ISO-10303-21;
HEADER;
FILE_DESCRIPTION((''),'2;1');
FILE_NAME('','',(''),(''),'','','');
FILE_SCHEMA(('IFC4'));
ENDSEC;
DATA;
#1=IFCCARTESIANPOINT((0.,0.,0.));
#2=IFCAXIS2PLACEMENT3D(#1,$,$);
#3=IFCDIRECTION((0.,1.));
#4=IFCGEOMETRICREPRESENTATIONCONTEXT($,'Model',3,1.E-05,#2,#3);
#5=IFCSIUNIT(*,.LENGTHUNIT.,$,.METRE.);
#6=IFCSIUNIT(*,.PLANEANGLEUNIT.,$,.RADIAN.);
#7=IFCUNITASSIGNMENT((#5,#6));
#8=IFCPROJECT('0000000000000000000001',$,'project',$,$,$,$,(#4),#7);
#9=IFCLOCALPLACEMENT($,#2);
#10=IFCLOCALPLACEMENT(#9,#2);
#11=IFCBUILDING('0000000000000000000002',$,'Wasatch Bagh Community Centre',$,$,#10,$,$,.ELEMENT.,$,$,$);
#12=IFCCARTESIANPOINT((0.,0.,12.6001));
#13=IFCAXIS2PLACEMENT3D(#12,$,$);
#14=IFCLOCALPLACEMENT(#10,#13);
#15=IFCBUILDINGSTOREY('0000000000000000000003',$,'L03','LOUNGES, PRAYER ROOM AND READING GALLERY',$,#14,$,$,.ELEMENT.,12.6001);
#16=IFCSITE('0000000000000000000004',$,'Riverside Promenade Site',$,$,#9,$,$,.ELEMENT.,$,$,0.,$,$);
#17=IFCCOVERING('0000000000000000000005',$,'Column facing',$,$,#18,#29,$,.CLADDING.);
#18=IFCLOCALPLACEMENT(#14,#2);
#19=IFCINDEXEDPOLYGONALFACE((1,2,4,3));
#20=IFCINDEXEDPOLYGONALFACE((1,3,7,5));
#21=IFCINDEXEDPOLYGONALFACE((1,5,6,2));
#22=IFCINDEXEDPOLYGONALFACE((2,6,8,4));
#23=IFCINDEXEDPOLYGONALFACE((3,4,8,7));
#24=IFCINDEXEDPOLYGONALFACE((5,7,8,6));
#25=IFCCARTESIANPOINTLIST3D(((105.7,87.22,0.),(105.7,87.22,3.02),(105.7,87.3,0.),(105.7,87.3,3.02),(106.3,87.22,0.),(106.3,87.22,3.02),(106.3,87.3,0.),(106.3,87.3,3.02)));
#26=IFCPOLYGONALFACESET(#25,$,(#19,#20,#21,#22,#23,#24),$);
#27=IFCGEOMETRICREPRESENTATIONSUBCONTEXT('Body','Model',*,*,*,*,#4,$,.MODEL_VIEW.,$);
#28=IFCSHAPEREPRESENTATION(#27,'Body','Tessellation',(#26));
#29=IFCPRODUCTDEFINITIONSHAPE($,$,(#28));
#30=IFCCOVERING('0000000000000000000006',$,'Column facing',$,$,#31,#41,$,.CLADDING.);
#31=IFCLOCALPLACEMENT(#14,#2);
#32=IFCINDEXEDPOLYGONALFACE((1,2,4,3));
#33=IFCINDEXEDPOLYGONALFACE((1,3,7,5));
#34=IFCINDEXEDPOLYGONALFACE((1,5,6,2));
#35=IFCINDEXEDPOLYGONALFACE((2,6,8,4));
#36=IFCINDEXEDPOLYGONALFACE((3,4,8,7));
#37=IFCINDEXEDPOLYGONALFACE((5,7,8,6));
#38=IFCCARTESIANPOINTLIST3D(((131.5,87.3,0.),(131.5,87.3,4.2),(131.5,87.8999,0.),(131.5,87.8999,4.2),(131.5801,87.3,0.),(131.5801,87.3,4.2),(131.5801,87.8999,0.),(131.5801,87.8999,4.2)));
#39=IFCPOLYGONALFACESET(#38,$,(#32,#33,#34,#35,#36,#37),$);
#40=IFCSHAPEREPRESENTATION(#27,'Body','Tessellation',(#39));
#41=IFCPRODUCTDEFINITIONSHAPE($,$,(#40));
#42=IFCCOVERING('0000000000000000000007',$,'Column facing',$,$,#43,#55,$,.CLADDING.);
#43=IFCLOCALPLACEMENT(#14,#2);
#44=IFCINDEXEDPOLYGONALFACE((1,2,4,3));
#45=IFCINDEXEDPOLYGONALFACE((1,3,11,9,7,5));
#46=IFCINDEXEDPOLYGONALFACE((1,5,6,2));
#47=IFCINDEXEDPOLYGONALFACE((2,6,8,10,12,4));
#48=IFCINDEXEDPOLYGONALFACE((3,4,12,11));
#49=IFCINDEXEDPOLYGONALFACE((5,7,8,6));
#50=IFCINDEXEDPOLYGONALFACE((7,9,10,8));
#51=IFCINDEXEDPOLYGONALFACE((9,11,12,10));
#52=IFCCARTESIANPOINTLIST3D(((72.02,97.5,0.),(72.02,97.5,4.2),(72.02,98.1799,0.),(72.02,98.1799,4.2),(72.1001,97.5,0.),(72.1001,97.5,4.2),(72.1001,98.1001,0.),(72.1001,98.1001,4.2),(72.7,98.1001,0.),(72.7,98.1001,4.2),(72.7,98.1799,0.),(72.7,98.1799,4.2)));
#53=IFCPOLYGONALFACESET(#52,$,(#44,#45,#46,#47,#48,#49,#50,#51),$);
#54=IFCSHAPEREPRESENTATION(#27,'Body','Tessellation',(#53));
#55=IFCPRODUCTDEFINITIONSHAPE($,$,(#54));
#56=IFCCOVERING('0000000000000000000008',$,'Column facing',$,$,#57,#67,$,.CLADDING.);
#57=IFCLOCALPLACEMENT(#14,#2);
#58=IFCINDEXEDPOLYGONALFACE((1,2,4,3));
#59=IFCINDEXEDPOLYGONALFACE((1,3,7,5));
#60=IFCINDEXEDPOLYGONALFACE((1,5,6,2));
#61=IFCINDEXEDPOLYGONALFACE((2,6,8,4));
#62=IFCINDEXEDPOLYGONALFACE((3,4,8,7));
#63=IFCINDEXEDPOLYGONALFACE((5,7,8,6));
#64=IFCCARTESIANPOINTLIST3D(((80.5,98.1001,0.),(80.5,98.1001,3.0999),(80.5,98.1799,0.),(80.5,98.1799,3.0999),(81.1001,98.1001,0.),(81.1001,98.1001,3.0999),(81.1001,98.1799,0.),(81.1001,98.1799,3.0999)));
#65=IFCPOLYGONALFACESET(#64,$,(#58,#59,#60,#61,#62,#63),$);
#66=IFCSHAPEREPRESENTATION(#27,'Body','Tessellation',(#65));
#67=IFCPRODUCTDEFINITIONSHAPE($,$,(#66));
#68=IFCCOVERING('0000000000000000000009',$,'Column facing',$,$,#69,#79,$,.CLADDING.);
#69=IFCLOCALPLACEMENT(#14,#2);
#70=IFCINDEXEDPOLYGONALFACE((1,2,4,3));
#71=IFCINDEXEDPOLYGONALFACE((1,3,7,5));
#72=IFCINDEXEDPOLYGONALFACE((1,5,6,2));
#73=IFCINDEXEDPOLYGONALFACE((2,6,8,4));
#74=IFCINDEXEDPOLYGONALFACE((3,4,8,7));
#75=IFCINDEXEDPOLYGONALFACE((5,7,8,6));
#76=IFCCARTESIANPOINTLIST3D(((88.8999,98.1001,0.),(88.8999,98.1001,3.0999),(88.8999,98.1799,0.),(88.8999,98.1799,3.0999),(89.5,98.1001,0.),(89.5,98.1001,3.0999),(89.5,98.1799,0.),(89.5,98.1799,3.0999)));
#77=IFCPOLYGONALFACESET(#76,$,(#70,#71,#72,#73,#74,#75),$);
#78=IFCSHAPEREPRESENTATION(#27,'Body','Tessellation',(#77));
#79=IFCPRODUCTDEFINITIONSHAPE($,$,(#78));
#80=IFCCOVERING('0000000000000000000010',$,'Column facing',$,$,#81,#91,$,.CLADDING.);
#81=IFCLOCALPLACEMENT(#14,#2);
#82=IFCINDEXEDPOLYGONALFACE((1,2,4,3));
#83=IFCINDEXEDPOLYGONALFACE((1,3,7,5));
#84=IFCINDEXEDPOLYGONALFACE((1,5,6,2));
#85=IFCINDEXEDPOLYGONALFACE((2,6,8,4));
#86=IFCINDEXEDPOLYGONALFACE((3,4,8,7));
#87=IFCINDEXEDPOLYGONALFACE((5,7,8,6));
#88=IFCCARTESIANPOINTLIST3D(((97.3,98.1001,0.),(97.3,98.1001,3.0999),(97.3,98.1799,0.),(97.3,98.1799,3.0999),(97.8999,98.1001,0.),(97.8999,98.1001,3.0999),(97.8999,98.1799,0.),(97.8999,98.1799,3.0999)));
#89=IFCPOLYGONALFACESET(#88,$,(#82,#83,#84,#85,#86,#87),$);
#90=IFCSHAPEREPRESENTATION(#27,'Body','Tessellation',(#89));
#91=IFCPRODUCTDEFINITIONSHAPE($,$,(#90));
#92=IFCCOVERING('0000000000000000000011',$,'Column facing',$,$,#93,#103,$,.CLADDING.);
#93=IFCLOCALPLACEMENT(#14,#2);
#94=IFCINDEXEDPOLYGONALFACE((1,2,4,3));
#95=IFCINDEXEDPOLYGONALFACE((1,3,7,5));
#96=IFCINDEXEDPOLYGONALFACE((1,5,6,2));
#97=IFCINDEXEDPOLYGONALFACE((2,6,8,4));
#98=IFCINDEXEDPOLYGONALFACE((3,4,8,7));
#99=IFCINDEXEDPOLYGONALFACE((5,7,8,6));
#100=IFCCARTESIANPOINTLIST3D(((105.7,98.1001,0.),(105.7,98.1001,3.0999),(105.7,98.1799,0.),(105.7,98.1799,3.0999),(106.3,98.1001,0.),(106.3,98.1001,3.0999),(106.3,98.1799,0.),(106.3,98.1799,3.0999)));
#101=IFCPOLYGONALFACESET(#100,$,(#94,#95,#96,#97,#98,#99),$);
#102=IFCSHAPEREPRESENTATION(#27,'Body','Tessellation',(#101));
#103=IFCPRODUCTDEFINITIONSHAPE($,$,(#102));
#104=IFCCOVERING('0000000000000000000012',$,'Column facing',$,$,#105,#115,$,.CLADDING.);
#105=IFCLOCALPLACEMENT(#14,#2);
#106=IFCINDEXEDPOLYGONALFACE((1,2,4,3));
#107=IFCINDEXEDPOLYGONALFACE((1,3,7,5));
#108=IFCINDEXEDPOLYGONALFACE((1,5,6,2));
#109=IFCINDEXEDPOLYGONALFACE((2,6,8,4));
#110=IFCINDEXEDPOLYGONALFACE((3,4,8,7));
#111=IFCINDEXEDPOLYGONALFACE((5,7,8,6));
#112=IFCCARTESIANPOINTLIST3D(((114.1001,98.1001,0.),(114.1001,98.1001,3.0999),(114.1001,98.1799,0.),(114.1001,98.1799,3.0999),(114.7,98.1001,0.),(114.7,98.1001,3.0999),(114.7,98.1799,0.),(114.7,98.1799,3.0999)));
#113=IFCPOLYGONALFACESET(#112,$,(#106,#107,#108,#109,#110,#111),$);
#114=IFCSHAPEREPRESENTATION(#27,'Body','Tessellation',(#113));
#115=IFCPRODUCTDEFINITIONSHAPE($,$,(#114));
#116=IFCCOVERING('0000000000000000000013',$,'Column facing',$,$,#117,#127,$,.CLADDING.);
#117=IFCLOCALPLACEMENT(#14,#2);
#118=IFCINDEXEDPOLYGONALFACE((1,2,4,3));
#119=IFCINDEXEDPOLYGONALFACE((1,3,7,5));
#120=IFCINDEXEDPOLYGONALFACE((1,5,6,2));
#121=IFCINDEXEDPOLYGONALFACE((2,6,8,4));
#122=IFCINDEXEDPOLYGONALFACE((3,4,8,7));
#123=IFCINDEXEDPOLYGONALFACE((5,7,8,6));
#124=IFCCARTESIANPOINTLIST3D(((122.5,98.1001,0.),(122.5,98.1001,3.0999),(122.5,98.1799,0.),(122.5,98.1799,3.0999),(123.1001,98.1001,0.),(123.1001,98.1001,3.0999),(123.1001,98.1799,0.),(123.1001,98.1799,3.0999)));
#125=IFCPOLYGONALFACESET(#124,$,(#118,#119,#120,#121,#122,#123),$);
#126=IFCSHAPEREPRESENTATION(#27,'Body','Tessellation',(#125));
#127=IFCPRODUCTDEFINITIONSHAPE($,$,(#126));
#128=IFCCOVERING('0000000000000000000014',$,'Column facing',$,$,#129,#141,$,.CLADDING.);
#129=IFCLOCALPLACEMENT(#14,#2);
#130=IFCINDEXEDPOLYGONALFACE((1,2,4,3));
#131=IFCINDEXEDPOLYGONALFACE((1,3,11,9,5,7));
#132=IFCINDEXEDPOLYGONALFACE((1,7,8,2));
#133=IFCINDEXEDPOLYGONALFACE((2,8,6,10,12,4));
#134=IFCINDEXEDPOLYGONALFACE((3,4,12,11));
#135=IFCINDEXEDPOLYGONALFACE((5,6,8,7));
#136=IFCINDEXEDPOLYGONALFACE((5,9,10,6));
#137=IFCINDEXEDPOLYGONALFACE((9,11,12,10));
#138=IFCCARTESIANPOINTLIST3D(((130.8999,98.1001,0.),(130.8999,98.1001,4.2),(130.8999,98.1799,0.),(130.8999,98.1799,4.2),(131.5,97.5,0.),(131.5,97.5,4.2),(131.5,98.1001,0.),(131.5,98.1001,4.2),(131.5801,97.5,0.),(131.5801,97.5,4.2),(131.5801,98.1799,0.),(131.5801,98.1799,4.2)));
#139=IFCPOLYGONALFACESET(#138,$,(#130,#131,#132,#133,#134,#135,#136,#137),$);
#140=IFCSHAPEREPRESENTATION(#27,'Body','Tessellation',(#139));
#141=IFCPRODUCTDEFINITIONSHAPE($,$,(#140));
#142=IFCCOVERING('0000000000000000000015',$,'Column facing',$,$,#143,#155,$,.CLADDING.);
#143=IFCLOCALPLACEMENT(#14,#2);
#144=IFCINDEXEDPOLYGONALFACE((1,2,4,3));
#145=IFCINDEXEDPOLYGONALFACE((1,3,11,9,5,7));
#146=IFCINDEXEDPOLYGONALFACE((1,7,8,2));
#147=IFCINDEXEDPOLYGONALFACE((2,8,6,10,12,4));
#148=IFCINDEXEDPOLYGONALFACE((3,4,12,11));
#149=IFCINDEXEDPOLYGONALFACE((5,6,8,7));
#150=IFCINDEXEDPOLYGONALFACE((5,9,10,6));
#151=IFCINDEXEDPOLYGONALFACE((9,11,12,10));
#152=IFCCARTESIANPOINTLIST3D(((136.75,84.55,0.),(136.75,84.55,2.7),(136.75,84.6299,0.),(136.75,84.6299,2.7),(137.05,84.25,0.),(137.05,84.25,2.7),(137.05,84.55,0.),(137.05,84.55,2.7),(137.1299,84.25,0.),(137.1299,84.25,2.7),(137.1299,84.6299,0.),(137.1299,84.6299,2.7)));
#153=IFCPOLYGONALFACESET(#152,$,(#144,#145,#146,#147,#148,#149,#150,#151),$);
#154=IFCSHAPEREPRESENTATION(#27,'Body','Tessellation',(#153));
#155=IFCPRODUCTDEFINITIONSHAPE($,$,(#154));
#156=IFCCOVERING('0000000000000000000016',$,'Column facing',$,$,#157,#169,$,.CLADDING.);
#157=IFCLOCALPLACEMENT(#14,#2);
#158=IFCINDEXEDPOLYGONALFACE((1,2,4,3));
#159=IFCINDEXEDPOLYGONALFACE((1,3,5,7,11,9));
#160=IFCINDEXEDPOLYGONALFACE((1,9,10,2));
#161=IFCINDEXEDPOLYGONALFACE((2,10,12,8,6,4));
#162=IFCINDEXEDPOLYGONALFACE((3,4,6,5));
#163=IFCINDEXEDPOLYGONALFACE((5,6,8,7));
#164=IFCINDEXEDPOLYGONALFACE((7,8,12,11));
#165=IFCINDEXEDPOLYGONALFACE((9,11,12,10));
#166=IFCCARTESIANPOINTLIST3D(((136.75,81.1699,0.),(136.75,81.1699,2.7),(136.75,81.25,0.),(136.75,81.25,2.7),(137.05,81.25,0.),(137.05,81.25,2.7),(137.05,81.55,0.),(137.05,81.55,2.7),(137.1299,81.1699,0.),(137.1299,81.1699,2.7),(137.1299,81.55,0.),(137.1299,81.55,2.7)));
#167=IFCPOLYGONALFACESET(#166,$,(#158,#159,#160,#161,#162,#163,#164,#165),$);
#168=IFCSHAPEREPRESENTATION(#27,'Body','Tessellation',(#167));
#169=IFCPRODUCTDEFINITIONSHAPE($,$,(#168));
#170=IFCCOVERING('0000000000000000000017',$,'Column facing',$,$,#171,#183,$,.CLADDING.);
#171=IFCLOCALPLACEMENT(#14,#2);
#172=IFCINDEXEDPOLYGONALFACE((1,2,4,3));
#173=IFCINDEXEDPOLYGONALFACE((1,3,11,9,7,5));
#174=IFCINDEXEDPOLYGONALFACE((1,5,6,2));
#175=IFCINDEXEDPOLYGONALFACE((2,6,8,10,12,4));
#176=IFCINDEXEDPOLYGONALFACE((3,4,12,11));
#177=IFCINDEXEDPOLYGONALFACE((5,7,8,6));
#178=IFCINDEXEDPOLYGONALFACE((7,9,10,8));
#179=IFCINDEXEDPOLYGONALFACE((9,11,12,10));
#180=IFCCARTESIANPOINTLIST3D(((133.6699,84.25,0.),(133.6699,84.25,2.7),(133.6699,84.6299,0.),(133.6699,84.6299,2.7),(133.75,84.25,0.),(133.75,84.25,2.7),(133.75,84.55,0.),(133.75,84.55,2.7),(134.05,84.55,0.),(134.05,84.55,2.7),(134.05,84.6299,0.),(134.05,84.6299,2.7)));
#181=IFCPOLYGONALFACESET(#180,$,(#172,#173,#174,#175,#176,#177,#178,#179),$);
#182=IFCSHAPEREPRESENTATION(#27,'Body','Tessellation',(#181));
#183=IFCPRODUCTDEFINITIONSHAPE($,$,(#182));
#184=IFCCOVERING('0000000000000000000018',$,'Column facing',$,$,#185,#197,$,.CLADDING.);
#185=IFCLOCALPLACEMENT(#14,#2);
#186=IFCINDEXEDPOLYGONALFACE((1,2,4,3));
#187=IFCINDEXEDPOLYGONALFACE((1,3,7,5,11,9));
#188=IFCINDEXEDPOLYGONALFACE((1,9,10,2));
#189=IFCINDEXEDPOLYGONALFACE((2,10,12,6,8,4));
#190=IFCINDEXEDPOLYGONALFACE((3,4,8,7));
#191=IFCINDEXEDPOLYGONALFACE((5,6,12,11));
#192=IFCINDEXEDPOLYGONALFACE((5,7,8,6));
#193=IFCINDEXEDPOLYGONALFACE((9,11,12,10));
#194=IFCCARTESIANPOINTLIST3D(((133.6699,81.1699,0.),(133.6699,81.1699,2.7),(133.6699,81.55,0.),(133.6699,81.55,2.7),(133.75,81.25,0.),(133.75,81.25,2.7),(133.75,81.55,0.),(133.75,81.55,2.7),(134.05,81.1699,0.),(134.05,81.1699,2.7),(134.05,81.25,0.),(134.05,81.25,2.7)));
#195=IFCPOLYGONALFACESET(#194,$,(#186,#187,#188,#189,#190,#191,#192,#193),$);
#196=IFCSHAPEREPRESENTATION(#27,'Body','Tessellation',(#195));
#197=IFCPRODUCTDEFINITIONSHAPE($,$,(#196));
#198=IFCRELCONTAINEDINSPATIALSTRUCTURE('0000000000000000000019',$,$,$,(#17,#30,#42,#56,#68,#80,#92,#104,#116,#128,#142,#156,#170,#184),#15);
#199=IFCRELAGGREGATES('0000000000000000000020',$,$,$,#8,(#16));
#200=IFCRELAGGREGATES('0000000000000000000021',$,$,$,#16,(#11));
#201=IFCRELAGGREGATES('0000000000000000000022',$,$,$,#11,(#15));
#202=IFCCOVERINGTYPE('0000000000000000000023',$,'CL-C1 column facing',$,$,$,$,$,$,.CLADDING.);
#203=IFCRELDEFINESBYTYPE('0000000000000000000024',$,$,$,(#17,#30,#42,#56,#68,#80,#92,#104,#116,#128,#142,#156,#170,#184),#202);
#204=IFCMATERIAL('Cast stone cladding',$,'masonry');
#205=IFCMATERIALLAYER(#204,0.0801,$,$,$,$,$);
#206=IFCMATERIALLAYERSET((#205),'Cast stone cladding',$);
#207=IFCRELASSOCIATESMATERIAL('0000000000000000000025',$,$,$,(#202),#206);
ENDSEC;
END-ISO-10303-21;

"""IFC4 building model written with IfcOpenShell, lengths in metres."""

from ifc_helpers import new_model, si_unit, direction, frame, origin, place, context, subcontext, project, spatial, polyline, outline, extrude, material, layer, layer_set, type_object, element, save


model = new_model("IFC4")

# Units and contexts
model_context = context("Model", 3, precision=1e-05, world=origin(), true_north=direction((0.0, 1.0)))
body_context = subcontext(model_context, "Body", "Model", "MODEL_VIEW")
ifc_project = project(units=[si_unit("LENGTHUNIT", "METRE"), si_unit("PLANEANGLEUNIT", "RADIAN")], contexts=[model_context])

# Site, building, storey
site_placement = place(None, origin())
site = spatial("IfcSite", under=ifc_project, at=site_placement, Name="Riverside Promenade Site", CompositionType="ELEMENT", RefElevation=0.0)
building_placement = place(site_placement, origin())
building = spatial("IfcBuilding", under=site, at=building_placement, Name="Wasatch Bagh Community Centre", CompositionType="ELEMENT")
storey_placement = place(building_placement, frame((0.0, 0.0, 12.6001)))
storey = spatial("IfcBuildingStorey", under=building, at=storey_placement, Name="L03", Description="LOUNGES, PRAYER ROOM AND READING GALLERY", CompositionType="ELEMENT", Elevation=12.6001)

# Coverings
ifc_material_1 = material(Name="Cast stone cladding", Category="masonry")
ifc_layer_1 = layer(ifc_material_1, 0.0801)
ifc_layer_set_1 = layer_set([ifc_layer_1], Name="Cast stone cladding")
covering_type = type_object("IfcCoveringType", Name="CL-C1 column facing", PredefinedType="CLADDING", material=ifc_layer_set_1)
covering_1_placement = place(storey_placement, origin())
element("IfcCovering", 1, at=covering_1_placement, inside=storey, type_object=covering_type, Name="Column facing", PredefinedType="CLADDING", context=body_context, shape_type="SweptSolid", body=[
    extrude(outline(polyline([(105.7, 87.3), (106.3, 87.3), (106.3, 87.22), (105.7, 87.22), (105.7, 87.3)])), origin(), (0.0, 0.0, 1.0), 3.02),
])
covering_2_placement = place(storey_placement, origin())
element("IfcCovering", 2, at=covering_2_placement, inside=storey, type_object=covering_type, Name="Column facing", PredefinedType="CLADDING", context=body_context, shape_type="SweptSolid", body=[
    extrude(outline(polyline([(131.5, 87.3), (131.5, 87.8999), (131.5801, 87.8999), (131.5801, 87.3), (131.5, 87.3)])), origin(), (0.0, 0.0, 1.0), 4.2),
])
covering_3_placement = place(storey_placement, origin())
element("IfcCovering", 3, at=covering_3_placement, inside=storey, type_object=covering_type, Name="Column facing", PredefinedType="CLADDING", context=body_context, shape_type="SweptSolid", body=[
    extrude(outline(polyline([(72.1001, 97.5), (72.02, 97.5), (72.02, 98.1799), (72.7, 98.1799), (72.7, 98.1001), (72.1001, 98.1001), (72.1001, 97.5)])), origin(), (0.0, 0.0, 1.0), 4.2),
])
covering_4_placement = place(storey_placement, origin())
element("IfcCovering", 4, at=covering_4_placement, inside=storey, type_object=covering_type, Name="Column facing", PredefinedType="CLADDING", context=body_context, shape_type="SweptSolid", body=[
    extrude(outline(polyline([(81.1001, 98.1001), (80.5, 98.1001), (80.5, 98.1799), (81.1001, 98.1799), (81.1001, 98.1001)])), origin(), (0.0, 0.0, 1.0), 3.0999),
])
covering_5_placement = place(storey_placement, origin())
element("IfcCovering", 5, at=covering_5_placement, inside=storey, type_object=covering_type, Name="Column facing", PredefinedType="CLADDING", context=body_context, shape_type="SweptSolid", body=[
    extrude(outline(polyline([(89.5, 98.1001), (88.8999, 98.1001), (88.8999, 98.1799), (89.5, 98.1799), (89.5, 98.1001)])), origin(), (0.0, 0.0, 1.0), 3.0999),
])
covering_6_placement = place(storey_placement, origin())
element("IfcCovering", 6, at=covering_6_placement, inside=storey, type_object=covering_type, Name="Column facing", PredefinedType="CLADDING", context=body_context, shape_type="SweptSolid", body=[
    extrude(outline(polyline([(97.8999, 98.1001), (97.3, 98.1001), (97.3, 98.1799), (97.8999, 98.1799), (97.8999, 98.1001)])), origin(), (0.0, 0.0, 1.0), 3.0999),
])
covering_7_placement = place(storey_placement, origin())
element("IfcCovering", 7, at=covering_7_placement, inside=storey, type_object=covering_type, Name="Column facing", PredefinedType="CLADDING", context=body_context, shape_type="SweptSolid", body=[
    extrude(outline(polyline([(106.3, 98.1001), (105.7, 98.1001), (105.7, 98.1799), (106.3, 98.1799), (106.3, 98.1001)])), origin(), (0.0, 0.0, 1.0), 3.0999),
])
covering_8_placement = place(storey_placement, origin())
element("IfcCovering", 8, at=covering_8_placement, inside=storey, type_object=covering_type, Name="Column facing", PredefinedType="CLADDING", context=body_context, shape_type="SweptSolid", body=[
    extrude(outline(polyline([(114.7, 98.1001), (114.1001, 98.1001), (114.1001, 98.1799), (114.7, 98.1799), (114.7, 98.1001)])), origin(), (0.0, 0.0, 1.0), 3.0999),
])
covering_9_placement = place(storey_placement, origin())
element("IfcCovering", 9, at=covering_9_placement, inside=storey, type_object=covering_type, Name="Column facing", PredefinedType="CLADDING", context=body_context, shape_type="SweptSolid", body=[
    extrude(outline(polyline([(123.1001, 98.1001), (122.5, 98.1001), (122.5, 98.1799), (123.1001, 98.1799), (123.1001, 98.1001)])), origin(), (0.0, 0.0, 1.0), 3.0999),
])
covering_10_placement = place(storey_placement, origin())
element("IfcCovering", 10, at=covering_10_placement, inside=storey, type_object=covering_type, Name="Column facing", PredefinedType="CLADDING", context=body_context, shape_type="SweptSolid", body=[
    extrude(outline(polyline([(131.5, 98.1001), (130.8999, 98.1001), (130.8999, 98.1799), (131.5801, 98.1799), (131.5801, 97.5), (131.5, 97.5), (131.5, 98.1001)])), origin(), (0.0, 0.0, 1.0), 4.2),
])
covering_11_placement = place(storey_placement, origin())
element("IfcCovering", 11, at=covering_11_placement, inside=storey, type_object=covering_type, Name="Column facing", PredefinedType="CLADDING", context=body_context, shape_type="SweptSolid", body=[
    extrude(outline(polyline([(137.05, 84.55), (136.75, 84.55), (136.75, 84.6299), (137.1299, 84.6299), (137.1299, 84.25), (137.05, 84.25), (137.05, 84.55)])), origin(), (0.0, 0.0, 1.0), 2.7),
])
covering_12_placement = place(storey_placement, origin())
element("IfcCovering", 12, at=covering_12_placement, inside=storey, type_object=covering_type, Name="Column facing", PredefinedType="CLADDING", context=body_context, shape_type="SweptSolid", body=[
    extrude(outline(polyline([(137.05, 81.25), (137.05, 81.55), (137.1299, 81.55), (137.1299, 81.1699), (136.75, 81.1699), (136.75, 81.25), (137.05, 81.25)])), origin(), (0.0, 0.0, 1.0), 2.7),
])
covering_13_placement = place(storey_placement, origin())
element("IfcCovering", 13, at=covering_13_placement, inside=storey, type_object=covering_type, Name="Column facing", PredefinedType="CLADDING", context=body_context, shape_type="SweptSolid", body=[
    extrude(outline(polyline([(133.75, 84.25), (133.6699, 84.25), (133.6699, 84.6299), (134.05, 84.6299), (134.05, 84.55), (133.75, 84.55), (133.75, 84.25)])), origin(), (0.0, 0.0, 1.0), 2.7),
])
covering_14_placement = place(storey_placement, origin())
element("IfcCovering", 14, at=covering_14_placement, inside=storey, type_object=covering_type, Name="Column facing", PredefinedType="CLADDING", context=body_context, shape_type="SweptSolid", body=[
    extrude(outline(polyline([(133.6699, 81.1699), (133.6699, 81.55), (133.75, 81.55), (133.75, 81.25), (134.05, 81.25), (134.05, 81.1699), (133.6699, 81.1699)])), origin(), (0.0, 0.0, 1.0), 2.7),
])

save(model, "model.ifc")
